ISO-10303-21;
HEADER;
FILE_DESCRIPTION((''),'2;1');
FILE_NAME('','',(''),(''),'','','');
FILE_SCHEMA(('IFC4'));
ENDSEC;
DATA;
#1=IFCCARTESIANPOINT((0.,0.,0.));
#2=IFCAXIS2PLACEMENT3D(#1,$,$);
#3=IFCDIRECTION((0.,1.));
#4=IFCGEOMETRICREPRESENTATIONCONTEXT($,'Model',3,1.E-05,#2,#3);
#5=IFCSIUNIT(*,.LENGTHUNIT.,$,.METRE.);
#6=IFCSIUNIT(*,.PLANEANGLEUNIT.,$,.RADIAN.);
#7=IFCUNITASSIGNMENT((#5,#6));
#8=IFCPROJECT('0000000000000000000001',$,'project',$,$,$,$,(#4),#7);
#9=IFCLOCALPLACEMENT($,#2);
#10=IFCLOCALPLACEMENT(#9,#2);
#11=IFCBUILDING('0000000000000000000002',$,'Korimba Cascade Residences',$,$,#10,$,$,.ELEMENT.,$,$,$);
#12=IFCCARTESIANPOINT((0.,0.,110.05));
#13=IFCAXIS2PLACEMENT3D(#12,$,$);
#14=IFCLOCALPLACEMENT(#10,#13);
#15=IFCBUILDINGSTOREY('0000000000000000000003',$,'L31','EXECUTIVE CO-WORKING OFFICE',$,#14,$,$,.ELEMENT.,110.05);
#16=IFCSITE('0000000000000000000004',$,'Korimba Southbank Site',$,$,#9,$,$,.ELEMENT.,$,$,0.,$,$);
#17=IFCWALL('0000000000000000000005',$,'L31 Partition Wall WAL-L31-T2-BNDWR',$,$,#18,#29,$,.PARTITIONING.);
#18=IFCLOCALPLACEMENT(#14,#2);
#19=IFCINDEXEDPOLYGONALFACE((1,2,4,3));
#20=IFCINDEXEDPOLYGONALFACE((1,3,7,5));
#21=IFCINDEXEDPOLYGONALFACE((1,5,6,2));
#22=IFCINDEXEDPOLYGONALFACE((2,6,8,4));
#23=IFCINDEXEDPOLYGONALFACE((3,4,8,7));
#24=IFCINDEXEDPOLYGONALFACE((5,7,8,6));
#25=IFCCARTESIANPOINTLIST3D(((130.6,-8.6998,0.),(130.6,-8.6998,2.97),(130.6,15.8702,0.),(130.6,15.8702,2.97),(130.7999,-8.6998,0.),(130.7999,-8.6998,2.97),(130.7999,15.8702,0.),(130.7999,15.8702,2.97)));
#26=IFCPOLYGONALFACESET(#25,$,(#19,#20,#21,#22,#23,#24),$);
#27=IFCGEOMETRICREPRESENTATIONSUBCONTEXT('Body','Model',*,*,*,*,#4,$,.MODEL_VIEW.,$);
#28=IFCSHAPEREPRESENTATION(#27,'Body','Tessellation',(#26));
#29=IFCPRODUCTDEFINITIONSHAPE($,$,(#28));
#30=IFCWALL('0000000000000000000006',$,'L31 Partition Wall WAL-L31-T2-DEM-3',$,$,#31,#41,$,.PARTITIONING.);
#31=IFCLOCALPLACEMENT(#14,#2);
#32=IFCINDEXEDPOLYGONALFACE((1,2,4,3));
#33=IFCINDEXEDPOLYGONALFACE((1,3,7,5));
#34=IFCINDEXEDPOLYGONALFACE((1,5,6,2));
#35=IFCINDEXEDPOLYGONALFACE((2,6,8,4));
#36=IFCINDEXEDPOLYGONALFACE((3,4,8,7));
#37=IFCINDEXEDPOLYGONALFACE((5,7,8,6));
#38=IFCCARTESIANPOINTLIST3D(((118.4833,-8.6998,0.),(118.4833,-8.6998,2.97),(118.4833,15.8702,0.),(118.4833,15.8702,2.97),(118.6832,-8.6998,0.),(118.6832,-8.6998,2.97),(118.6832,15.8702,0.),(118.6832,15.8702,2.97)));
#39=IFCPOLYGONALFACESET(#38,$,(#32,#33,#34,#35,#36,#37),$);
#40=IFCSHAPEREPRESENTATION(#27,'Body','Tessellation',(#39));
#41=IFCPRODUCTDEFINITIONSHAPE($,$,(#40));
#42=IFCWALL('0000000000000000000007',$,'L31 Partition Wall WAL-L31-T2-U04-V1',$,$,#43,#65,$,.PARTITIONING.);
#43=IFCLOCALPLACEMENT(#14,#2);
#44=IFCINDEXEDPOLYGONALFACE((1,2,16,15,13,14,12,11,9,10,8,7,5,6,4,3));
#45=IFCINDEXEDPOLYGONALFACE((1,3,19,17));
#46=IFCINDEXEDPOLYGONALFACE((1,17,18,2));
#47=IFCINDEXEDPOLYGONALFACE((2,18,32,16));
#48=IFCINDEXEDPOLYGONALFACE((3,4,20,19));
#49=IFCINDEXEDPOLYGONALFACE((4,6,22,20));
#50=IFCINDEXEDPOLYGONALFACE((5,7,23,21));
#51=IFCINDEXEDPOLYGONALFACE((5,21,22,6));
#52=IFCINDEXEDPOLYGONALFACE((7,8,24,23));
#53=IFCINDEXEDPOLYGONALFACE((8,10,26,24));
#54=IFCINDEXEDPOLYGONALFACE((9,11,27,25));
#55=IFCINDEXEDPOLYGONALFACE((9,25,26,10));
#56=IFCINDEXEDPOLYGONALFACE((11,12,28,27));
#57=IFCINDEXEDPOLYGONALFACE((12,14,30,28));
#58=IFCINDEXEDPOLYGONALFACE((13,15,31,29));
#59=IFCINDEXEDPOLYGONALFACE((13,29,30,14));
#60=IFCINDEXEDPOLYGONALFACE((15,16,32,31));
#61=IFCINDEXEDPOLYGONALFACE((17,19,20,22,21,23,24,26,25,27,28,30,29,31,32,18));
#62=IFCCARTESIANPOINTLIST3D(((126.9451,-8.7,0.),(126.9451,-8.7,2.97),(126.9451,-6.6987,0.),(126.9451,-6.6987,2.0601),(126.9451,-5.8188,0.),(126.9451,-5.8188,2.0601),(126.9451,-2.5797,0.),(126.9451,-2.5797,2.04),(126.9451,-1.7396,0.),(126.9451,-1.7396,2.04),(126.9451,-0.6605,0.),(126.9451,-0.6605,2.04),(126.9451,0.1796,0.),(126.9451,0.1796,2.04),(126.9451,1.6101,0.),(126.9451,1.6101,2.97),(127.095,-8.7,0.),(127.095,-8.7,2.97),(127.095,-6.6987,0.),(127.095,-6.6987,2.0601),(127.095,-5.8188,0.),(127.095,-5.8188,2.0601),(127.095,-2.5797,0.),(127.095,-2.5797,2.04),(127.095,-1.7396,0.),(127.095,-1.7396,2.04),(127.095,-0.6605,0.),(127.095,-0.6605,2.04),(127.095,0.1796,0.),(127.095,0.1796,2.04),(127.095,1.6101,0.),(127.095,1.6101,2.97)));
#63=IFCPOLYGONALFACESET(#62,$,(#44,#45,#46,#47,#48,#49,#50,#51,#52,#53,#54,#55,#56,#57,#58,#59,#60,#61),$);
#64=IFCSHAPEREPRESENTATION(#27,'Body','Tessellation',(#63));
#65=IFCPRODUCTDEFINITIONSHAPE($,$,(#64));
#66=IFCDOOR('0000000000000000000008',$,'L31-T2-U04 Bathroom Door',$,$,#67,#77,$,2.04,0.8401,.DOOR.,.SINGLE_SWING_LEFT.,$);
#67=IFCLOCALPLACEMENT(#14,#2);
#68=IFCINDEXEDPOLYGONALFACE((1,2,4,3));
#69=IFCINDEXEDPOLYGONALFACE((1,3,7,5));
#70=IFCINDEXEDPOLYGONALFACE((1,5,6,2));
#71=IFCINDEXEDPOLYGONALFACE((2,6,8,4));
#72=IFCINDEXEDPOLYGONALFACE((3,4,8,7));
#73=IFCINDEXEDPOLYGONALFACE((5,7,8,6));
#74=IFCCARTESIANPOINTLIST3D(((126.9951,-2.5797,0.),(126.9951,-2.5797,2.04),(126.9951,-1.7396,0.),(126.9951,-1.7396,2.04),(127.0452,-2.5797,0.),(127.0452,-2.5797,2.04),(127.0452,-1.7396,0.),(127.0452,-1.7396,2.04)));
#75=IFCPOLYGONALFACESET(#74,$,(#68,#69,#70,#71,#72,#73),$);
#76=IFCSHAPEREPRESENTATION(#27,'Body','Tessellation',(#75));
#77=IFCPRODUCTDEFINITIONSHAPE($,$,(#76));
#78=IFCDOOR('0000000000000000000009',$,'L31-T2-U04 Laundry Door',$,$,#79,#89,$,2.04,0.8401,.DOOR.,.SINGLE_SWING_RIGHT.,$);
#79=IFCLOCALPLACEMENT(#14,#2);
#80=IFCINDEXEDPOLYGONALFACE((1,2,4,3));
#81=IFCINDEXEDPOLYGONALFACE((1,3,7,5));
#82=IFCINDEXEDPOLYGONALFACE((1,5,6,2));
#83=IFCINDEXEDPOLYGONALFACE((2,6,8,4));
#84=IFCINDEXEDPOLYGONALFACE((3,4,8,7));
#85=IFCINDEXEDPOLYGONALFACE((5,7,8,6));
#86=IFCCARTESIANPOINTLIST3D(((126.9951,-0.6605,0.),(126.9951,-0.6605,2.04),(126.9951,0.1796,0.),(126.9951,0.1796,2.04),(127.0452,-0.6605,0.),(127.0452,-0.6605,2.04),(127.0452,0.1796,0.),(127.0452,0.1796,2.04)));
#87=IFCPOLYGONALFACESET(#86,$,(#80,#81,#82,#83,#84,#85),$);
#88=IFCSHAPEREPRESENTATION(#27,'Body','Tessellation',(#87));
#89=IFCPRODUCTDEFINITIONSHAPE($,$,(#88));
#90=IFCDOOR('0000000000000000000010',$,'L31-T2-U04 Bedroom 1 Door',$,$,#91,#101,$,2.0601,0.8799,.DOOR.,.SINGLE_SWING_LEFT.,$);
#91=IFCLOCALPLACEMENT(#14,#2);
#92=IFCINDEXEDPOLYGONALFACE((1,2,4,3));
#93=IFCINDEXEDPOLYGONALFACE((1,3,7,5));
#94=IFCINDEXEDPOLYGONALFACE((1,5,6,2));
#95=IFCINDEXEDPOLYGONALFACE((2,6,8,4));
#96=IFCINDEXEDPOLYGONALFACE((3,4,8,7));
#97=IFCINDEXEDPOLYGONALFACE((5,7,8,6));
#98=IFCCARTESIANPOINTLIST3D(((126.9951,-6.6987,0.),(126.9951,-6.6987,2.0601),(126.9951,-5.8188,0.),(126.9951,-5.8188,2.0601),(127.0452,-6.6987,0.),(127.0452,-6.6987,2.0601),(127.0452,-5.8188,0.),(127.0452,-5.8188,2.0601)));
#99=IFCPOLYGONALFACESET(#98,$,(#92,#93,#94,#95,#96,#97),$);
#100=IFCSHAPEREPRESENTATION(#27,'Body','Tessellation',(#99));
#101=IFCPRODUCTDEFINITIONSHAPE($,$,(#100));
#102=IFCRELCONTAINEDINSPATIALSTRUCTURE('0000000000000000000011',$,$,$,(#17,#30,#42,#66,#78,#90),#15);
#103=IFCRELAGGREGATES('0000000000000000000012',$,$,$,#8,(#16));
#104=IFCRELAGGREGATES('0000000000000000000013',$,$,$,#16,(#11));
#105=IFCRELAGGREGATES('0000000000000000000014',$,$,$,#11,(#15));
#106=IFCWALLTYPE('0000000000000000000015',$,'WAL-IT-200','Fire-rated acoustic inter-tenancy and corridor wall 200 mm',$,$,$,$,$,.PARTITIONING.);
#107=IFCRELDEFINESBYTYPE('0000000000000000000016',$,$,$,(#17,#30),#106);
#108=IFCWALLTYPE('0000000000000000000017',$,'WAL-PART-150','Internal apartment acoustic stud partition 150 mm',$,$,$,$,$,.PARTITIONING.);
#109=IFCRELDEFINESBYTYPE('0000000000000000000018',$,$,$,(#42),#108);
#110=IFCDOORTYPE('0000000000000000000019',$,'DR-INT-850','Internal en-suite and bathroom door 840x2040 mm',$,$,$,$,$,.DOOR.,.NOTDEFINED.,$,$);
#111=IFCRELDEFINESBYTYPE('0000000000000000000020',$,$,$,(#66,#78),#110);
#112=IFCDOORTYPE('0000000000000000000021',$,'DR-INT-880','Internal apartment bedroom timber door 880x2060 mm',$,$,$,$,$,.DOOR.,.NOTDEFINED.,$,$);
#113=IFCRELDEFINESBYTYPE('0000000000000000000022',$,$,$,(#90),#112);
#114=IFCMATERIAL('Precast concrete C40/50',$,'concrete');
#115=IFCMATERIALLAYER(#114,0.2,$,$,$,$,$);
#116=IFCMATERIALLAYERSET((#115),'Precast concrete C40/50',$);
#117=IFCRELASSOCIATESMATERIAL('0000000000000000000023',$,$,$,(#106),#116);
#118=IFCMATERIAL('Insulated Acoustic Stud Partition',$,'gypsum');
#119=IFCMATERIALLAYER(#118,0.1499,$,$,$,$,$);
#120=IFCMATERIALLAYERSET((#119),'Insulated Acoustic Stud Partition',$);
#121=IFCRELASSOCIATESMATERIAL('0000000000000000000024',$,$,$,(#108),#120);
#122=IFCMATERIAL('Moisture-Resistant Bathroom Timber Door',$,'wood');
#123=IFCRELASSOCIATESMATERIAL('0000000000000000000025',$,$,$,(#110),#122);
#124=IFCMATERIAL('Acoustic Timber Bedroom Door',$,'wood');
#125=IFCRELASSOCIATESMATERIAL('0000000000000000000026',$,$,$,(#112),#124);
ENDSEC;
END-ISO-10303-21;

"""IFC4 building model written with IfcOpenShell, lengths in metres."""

from ifc_helpers import new_model, si_unit, direction, frame, frame_2d, origin, place, context, subcontext, project, spatial, rectangle, extrude, material, layer, layer_set, type_object, element, fill, save


model = new_model("IFC4")

# Units and contexts
model_context = context("Model", 3, precision=1e-05, world=origin(), true_north=direction((0.0, 1.0)))
body_context = subcontext(model_context, "Body", "Model", "MODEL_VIEW")
ifc_project = project(units=[si_unit("LENGTHUNIT", "METRE"), si_unit("PLANEANGLEUNIT", "RADIAN")], contexts=[model_context])

# Site, building, storey
site_placement = place(None, origin())
site = spatial("IfcSite", under=ifc_project, at=site_placement, Name="Korimba Southbank Site", CompositionType="ELEMENT", RefElevation=0.0)
building_placement = place(site_placement, origin())
building = spatial("IfcBuilding", under=site, at=building_placement, Name="Korimba Cascade Residences", CompositionType="ELEMENT")
storey_placement = place(building_placement, frame((0.0, 0.0, 110.05)))
storey = spatial("IfcBuildingStorey", under=building, at=storey_placement, Name="L31", Description="EXECUTIVE CO-WORKING OFFICE", CompositionType="ELEMENT", Elevation=110.05)

# Shared definitions
ifc_material_1 = material(Name="Precast concrete C40/50", Category="concrete")

# Walls
ifc_layer_1 = layer(ifc_material_1, 0.2)
ifc_layer_set_1 = layer_set([ifc_layer_1], Name="Precast concrete C40/50")
wall_type_1 = type_object("IfcWallType", Name="WAL-IT-200", Description="Fire-rated acoustic inter-tenancy and corridor wall 200 mm", PredefinedType="PARTITIONING", material=ifc_layer_set_1)
for number, where, z_axis, x_axis, name in (
    (1, (130.7, -8.7, 0.0), (0.0, 0.0, 1.0), (0.0, 1.0, 0.0), "L31 Partition Wall WAL-L31-T2-BNDWR"),
    (2, (118.5833, -8.7, 0.0), (0.0, 0.0, 1.0), (0.0, 1.0, 0.0), "L31 Partition Wall WAL-L31-T2-DEM-3"),
):
    element("IfcWall", number, at=place(storey_placement, frame(where, z_axis=z_axis, x_axis=x_axis)), inside=storey, type_object=wall_type_1, Name=name, PredefinedType="PARTITIONING", context=body_context, shape_type="SweptSolid", body=[
        extrude(rectangle(XDim=24.5701, YDim=0.2, at=frame_2d((12.2852, 0.0))), origin(), (0.0, 0.0, 1.0), 2.97),
    ])

# Wall, openings, doors
ifc_material_2 = material(Name="Insulated Acoustic Stud Partition", Category="gypsum")
ifc_layer_2 = layer(ifc_material_2, 0.1499)
ifc_layer_set_2 = layer_set([ifc_layer_2], Name="Insulated Acoustic Stud Partition")
wall_type_2 = type_object("IfcWallType", Name="WAL-PART-150", Description="Internal apartment acoustic stud partition 150 mm", PredefinedType="PARTITIONING", material=ifc_layer_set_2)
wall_1_placement = place(storey_placement, frame((127.02, -8.7, 0.0), z_axis=(0.0, 0.0, 1.0), x_axis=(0.0, 1.0, 0.0)))
wall_1 = element("IfcWall", 3, at=wall_1_placement, inside=storey, type_object=wall_type_2, Name="L31 Partition Wall WAL-L31-T2-U04-V1", PredefinedType="PARTITIONING", context=body_context, shape_type="SweptSolid", body=[
    extrude(rectangle(XDim=10.3101, YDim=0.1499, at=frame_2d((5.155, 0.0))), origin(), (0.0, 0.0, 1.0), 2.97),
])
opening_1_placement = place(wall_1_placement, frame((6.1204, 0.0, 0.0)))
opening_1 = element("IfcOpeningElement", 4, at=opening_1_placement, cuts=wall_1, PredefinedType="OPENING", context=body_context, shape_type="SweptSolid", body=[
    extrude(rectangle(XDim=0.8401, YDim=2.04, at=frame_2d((0.4199, 1.02))), frame((0.0, 0.085, 0.0), z_axis=(0.0, -1.0, 0.0), x_axis=(1.0, 0.0, 0.0)), (0.0, 0.0, 1.0), 0.1699),
])
opening_2_placement = place(wall_1_placement, frame((8.0396, 0.0, 0.0)))
opening_2 = element("IfcOpeningElement", 5, at=opening_2_placement, cuts=wall_1, PredefinedType="OPENING", context=body_context, shape_type="SweptSolid", body=[
    extrude(rectangle(XDim=0.8401, YDim=2.04, at=frame_2d((0.4199, 1.02))), frame((0.0, 0.085, 0.0), z_axis=(0.0, -1.0, 0.0), x_axis=(1.0, 0.0, 0.0)), (0.0, 0.0, 1.0), 0.1699),
])
opening_3_placement = place(wall_1_placement, frame((2.0012, 0.0, 0.0)))
opening_3 = element("IfcOpeningElement", 6, at=opening_3_placement, cuts=wall_1, PredefinedType="OPENING", context=body_context, shape_type="SweptSolid", body=[
    extrude(rectangle(XDim=0.8799, YDim=2.0601, at=frame_2d((0.4399, 1.03))), frame((0.0, 0.085, 0.0), z_axis=(0.0, -1.0, 0.0), x_axis=(1.0, 0.0, 0.0)), (0.0, 0.0, 1.0), 0.1699),
])
ifc_material_3 = material(Name="Moisture-Resistant Bathroom Timber Door", Category="wood")
door_type_1 = type_object("IfcDoorType", Name="DR-INT-850", Description="Internal en-suite and bathroom door 840x2040 mm", OperationType="NOTDEFINED", PredefinedType="DOOR", material=ifc_material_3)
door_1_placement = place(opening_1_placement, origin())
door_1 = element("IfcDoor", 7, at=door_1_placement, inside=storey, type_object=door_type_1, Name="L31-T2-U04 Bathroom Door", OperationType="SINGLE_SWING_LEFT", OverallHeight=2.04, OverallWidth=0.8401, PredefinedType="DOOR", context=body_context, shape_type="SweptSolid", body=[
    extrude(rectangle(XDim=0.8401, YDim=2.04, at=frame_2d((0.4199, 1.02))), frame((0.0, 0.0249, 0.0), z_axis=(0.0, -1.0, 0.0), x_axis=(1.0, 0.0, 0.0)), (0.0, 0.0, 1.0), 0.05),
])
fill(opening_1, door_1)
door_2_placement = place(opening_2_placement, origin())
door_2 = element("IfcDoor", 8, at=door_2_placement, inside=storey, type_object=door_type_1, Name="L31-T2-U04 Laundry Door", OperationType="SINGLE_SWING_RIGHT", OverallHeight=2.04, OverallWidth=0.8401, PredefinedType="DOOR", context=body_context, shape_type="SweptSolid", body=[
    extrude(rectangle(XDim=0.8401, YDim=2.04, at=frame_2d((0.4199, 1.02))), frame((0.0, 0.0249, 0.0), z_axis=(0.0, -1.0, 0.0), x_axis=(1.0, 0.0, 0.0)), (0.0, 0.0, 1.0), 0.05),
])
fill(opening_2, door_2)
ifc_material_4 = material(Name="Acoustic Timber Bedroom Door", Category="wood")
door_type_2 = type_object("IfcDoorType", Name="DR-INT-880", Description="Internal apartment bedroom timber door 880x2060 mm", OperationType="NOTDEFINED", PredefinedType="DOOR", material=ifc_material_4)
door_3_placement = place(opening_3_placement, origin())
door_3 = element("IfcDoor", 9, at=door_3_placement, inside=storey, type_object=door_type_2, Name="L31-T2-U04 Bedroom 1 Door", OperationType="SINGLE_SWING_LEFT", OverallHeight=2.0601, OverallWidth=0.8799, PredefinedType="DOOR", context=body_context, shape_type="SweptSolid", body=[
    extrude(rectangle(XDim=0.8799, YDim=2.0601, at=frame_2d((0.4399, 1.03))), frame((0.0, 0.0249, 0.0), z_axis=(0.0, -1.0, 0.0), x_axis=(1.0, 0.0, 0.0)), (0.0, 0.0, 1.0), 0.05),
])
fill(opening_3, door_3)

save(model, "model.ifc")
